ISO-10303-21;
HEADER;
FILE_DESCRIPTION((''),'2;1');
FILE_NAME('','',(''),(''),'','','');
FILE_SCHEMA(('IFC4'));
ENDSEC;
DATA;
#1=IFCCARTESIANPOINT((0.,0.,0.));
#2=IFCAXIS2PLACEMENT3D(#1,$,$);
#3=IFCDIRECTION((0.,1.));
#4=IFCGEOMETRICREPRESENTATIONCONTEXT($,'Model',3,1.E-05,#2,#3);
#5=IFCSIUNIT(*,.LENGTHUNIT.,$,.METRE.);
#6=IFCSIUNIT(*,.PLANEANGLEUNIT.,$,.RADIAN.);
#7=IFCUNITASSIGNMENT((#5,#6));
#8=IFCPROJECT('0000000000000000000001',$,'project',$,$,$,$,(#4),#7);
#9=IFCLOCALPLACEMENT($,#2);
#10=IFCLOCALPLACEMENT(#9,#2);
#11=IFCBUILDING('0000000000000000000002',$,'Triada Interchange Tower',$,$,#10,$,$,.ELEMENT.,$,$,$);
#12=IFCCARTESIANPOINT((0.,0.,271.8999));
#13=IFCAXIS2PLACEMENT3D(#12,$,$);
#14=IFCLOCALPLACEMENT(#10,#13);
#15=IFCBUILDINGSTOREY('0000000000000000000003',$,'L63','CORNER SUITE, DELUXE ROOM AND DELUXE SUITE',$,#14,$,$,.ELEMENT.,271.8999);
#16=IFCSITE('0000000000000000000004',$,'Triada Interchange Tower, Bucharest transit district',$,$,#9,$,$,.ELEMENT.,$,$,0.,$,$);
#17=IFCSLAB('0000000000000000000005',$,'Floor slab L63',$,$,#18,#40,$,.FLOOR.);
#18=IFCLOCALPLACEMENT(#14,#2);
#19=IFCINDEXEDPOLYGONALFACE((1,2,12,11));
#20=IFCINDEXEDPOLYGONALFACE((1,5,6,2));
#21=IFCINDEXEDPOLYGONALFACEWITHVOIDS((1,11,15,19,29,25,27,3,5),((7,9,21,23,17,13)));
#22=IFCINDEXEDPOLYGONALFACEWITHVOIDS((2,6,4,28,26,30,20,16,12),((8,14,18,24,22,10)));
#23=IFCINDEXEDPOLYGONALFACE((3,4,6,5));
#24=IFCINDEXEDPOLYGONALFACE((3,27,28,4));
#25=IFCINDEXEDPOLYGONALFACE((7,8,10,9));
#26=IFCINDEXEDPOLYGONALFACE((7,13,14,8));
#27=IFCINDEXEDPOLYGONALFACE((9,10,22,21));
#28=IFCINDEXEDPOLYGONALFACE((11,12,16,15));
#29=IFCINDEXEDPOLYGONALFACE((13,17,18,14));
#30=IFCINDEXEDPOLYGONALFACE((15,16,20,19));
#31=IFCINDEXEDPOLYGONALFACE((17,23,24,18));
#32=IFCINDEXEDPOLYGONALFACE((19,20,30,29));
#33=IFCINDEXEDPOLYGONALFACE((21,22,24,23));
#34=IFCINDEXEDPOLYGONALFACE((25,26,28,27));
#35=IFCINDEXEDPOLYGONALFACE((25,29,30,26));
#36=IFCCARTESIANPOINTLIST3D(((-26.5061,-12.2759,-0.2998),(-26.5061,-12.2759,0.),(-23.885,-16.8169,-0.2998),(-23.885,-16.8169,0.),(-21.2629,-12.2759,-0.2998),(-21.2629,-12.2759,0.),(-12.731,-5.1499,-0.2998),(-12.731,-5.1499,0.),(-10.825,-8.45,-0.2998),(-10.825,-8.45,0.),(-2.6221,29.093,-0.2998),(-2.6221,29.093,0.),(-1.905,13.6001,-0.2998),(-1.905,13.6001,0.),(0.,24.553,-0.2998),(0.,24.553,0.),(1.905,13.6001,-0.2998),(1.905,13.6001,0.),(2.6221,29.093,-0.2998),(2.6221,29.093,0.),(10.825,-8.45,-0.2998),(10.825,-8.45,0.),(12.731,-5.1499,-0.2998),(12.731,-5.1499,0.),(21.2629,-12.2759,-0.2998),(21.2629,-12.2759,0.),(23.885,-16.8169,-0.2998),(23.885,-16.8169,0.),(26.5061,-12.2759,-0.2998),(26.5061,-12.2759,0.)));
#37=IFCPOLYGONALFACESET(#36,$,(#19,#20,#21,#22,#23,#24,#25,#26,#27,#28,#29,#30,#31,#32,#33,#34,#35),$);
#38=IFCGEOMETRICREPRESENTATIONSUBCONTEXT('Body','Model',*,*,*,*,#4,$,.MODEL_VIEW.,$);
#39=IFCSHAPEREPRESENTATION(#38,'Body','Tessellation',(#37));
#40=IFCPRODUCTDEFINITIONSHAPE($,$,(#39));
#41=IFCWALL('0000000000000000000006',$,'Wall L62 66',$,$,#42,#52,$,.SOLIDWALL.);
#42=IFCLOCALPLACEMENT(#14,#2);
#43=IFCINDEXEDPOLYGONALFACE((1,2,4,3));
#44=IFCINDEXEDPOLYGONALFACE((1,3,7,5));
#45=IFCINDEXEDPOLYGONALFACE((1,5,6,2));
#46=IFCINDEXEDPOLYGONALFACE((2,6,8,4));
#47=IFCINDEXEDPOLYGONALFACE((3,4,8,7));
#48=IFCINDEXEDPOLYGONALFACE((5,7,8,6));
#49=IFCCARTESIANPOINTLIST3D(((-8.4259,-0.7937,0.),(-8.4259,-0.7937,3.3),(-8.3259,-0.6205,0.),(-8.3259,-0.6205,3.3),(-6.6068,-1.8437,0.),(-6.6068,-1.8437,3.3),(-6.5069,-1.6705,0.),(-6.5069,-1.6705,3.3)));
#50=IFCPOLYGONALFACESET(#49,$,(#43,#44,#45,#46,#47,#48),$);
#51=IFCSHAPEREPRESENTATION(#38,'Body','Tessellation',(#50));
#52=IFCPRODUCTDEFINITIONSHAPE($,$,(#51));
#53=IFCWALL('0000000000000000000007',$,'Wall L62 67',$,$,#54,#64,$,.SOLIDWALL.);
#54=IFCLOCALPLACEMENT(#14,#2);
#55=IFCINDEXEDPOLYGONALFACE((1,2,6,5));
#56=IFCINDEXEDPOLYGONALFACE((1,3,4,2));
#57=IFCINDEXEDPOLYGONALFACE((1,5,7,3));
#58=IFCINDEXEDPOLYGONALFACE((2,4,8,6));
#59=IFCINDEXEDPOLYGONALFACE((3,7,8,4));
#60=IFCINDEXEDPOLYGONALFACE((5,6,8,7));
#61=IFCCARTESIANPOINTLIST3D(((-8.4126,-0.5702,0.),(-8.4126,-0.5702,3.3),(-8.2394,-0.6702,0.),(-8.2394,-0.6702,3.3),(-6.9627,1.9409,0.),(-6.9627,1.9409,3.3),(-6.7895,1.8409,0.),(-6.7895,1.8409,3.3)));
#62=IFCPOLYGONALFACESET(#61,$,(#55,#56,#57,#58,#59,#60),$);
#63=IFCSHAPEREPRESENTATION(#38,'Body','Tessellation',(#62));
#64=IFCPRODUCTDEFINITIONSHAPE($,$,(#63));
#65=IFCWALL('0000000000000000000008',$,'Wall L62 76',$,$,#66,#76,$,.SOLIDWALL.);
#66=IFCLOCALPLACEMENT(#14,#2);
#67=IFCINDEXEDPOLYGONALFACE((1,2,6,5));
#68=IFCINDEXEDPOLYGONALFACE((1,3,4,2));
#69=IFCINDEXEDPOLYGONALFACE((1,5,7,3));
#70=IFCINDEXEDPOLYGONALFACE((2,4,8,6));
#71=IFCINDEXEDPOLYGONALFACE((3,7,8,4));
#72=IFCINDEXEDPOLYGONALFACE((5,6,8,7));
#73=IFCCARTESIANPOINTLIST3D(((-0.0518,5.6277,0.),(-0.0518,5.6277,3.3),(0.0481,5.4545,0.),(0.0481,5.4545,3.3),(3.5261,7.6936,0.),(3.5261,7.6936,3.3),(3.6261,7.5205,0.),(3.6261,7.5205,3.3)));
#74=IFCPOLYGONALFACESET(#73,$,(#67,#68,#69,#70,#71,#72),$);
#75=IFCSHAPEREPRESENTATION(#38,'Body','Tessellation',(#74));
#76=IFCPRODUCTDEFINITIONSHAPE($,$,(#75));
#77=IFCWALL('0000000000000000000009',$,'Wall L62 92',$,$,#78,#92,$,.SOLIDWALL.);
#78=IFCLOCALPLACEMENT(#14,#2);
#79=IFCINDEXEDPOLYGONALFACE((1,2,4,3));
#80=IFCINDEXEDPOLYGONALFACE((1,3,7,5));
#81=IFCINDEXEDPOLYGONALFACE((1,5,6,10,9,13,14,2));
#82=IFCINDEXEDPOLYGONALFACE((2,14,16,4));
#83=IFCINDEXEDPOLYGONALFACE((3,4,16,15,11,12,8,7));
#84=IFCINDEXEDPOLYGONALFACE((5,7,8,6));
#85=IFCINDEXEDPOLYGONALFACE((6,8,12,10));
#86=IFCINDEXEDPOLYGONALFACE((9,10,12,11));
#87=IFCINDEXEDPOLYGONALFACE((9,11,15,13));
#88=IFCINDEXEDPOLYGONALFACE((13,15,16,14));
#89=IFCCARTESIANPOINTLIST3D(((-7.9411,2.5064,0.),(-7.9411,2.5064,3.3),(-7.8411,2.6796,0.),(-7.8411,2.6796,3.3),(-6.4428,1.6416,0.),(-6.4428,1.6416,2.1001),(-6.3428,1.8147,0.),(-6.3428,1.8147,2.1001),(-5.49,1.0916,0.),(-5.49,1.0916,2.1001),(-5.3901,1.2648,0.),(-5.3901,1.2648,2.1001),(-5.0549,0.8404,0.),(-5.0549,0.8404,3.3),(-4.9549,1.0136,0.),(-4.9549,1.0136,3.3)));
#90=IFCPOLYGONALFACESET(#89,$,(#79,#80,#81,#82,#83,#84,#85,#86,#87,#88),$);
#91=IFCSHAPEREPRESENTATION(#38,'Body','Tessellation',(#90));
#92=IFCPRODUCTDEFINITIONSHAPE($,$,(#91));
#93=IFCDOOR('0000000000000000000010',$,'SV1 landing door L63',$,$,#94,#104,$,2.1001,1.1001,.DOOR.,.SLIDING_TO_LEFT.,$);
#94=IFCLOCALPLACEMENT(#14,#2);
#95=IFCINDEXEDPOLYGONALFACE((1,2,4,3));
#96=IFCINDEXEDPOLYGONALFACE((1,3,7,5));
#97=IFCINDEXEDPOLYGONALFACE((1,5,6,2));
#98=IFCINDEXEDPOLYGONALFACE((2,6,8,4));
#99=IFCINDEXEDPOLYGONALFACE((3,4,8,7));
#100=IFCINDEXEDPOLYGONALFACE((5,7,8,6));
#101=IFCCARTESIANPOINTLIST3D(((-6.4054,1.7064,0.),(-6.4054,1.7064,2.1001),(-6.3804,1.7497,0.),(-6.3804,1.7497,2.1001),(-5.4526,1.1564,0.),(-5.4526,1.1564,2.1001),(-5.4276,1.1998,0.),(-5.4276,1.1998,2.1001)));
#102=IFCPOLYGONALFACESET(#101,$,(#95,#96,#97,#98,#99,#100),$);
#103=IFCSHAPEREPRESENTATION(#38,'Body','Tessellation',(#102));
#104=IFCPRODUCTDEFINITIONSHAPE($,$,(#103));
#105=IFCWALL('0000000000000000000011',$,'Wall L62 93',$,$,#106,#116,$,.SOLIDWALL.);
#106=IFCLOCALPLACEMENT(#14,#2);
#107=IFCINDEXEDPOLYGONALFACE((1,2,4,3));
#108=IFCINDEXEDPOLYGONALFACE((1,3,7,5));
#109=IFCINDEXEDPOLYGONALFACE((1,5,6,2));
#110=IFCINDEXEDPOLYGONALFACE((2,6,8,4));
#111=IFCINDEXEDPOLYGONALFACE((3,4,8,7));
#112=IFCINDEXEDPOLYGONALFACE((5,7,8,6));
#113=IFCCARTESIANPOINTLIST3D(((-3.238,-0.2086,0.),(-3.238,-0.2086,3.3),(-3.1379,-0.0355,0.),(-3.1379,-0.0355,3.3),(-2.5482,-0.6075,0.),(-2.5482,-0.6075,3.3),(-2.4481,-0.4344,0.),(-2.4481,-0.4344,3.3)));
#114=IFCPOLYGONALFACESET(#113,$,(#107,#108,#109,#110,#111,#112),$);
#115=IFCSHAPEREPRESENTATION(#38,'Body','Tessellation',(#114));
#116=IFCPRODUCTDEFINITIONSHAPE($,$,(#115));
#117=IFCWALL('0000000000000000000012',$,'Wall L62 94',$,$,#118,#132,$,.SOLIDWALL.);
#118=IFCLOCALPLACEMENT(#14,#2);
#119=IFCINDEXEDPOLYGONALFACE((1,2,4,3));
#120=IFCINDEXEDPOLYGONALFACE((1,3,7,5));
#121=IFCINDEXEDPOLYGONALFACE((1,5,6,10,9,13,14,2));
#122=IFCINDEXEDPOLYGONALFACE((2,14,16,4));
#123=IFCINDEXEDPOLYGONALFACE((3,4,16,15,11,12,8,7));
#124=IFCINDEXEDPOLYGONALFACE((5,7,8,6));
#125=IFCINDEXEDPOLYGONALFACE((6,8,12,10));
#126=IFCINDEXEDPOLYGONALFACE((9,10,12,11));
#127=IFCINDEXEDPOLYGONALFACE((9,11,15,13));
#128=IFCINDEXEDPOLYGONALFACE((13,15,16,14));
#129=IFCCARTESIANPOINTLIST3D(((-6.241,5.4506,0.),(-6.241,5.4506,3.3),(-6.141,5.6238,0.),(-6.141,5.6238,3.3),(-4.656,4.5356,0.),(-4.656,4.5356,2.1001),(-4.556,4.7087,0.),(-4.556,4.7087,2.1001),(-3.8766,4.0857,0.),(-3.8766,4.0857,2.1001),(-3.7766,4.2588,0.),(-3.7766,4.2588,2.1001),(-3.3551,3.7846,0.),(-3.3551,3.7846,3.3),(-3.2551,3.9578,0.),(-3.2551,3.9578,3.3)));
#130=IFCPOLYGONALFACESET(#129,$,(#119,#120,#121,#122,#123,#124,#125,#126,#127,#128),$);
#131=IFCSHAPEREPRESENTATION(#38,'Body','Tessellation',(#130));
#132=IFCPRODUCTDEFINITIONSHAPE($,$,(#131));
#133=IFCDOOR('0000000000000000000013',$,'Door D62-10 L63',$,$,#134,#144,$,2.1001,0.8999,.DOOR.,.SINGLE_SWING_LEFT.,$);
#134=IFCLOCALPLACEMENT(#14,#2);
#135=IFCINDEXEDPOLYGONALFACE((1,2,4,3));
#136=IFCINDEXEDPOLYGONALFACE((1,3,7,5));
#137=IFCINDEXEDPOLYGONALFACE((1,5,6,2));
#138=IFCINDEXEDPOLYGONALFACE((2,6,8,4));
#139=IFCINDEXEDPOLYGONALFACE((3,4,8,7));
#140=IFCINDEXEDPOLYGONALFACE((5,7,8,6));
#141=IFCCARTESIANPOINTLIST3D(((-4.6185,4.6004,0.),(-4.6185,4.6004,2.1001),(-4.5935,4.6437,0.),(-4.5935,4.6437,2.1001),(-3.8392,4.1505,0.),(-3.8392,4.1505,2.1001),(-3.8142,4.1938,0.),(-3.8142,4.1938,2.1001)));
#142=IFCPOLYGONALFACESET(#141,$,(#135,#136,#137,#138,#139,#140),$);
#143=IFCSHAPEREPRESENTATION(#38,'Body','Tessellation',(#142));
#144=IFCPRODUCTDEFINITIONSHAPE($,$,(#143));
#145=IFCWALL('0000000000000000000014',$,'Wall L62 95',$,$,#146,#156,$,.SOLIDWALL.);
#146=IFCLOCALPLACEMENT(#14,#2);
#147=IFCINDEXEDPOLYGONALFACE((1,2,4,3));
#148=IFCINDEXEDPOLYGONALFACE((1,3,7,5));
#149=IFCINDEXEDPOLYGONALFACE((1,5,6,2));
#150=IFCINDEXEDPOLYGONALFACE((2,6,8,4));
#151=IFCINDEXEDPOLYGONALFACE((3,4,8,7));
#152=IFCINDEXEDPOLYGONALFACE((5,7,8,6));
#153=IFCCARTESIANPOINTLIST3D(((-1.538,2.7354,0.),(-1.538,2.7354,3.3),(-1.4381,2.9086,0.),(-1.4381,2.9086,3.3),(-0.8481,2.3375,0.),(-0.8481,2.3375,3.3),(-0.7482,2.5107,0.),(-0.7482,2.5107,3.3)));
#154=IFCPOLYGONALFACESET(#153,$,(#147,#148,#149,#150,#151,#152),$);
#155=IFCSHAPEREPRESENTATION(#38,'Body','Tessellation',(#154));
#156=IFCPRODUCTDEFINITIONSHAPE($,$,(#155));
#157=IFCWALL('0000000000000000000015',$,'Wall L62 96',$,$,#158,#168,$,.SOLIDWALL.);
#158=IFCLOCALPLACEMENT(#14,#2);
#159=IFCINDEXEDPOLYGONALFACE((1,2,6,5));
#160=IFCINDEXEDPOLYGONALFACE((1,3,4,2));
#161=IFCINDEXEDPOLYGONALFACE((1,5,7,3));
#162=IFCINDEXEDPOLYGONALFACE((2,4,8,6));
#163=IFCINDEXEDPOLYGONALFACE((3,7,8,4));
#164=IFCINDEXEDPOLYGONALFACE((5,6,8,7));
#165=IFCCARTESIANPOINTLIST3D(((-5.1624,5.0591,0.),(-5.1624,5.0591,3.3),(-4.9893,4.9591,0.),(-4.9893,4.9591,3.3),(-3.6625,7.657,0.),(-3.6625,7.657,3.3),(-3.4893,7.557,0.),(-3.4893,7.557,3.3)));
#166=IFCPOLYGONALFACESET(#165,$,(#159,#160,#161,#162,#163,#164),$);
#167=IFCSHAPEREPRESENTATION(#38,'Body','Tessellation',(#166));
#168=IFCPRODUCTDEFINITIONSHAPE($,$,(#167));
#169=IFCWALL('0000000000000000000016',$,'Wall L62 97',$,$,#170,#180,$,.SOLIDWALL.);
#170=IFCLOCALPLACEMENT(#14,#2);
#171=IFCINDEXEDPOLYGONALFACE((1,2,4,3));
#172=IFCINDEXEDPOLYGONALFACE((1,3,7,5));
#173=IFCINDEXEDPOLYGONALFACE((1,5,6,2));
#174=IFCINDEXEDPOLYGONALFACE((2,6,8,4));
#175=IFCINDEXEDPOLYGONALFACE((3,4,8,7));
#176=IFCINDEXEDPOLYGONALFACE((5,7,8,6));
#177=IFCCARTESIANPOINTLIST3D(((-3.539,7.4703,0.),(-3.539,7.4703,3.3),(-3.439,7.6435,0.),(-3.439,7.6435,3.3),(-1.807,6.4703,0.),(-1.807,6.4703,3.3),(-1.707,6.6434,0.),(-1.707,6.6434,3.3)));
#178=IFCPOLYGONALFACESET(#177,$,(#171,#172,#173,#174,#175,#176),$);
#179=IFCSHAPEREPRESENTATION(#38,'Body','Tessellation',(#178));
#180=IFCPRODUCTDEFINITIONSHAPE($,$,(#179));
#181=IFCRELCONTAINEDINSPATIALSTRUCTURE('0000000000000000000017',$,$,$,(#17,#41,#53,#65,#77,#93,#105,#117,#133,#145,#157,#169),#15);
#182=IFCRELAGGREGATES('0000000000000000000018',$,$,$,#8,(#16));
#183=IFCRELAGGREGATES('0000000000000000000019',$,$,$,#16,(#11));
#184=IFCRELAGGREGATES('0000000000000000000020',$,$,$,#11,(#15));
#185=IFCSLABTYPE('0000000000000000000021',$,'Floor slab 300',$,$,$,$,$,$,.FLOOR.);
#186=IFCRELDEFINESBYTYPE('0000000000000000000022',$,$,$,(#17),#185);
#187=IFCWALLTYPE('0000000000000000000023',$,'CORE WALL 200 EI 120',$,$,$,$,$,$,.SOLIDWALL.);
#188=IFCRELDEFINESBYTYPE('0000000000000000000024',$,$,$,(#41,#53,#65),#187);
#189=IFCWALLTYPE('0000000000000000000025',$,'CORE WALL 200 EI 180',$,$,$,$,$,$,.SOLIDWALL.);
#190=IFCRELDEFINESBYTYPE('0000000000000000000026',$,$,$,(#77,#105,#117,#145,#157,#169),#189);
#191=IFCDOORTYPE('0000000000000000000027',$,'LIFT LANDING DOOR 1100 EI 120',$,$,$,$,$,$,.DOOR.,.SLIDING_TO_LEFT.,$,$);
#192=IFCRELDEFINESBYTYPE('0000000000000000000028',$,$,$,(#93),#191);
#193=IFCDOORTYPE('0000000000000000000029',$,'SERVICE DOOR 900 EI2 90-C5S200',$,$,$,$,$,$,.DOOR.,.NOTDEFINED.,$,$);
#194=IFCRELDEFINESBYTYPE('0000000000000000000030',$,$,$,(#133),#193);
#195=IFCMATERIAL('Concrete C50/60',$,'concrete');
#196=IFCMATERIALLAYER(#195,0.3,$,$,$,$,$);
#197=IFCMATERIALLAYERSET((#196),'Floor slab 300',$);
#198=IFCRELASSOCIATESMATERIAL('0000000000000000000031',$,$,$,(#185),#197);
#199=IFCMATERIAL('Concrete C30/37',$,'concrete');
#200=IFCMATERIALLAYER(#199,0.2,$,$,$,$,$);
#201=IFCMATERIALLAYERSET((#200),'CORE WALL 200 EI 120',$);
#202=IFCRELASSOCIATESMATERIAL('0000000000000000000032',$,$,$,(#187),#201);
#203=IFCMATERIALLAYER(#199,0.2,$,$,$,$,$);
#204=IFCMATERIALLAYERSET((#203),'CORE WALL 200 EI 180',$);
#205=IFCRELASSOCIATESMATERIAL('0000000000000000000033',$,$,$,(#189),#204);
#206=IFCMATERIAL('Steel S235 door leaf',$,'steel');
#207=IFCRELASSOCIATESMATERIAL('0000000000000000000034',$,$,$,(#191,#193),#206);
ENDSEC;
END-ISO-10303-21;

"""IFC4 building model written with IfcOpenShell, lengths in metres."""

from ifc_helpers import new_model, si_unit, direction, frame, frame_2d, origin, place, context, subcontext, project, spatial, polyline, rectangle, outline, extrude, material, layer, layer_set, type_object, element, fill, save


model = new_model("IFC4")

# Units and contexts
model_context = context("Model", 3, precision=1e-05, world=origin(), true_north=direction((0.0, 1.0)))
body_context = subcontext(model_context, "Body", "Model", "MODEL_VIEW")
ifc_project = project(units=[si_unit("LENGTHUNIT", "METRE"), si_unit("PLANEANGLEUNIT", "RADIAN")], contexts=[model_context])

# Site, building, storey
site_placement = place(None, origin())
site = spatial("IfcSite", under=ifc_project, at=site_placement, Name="Triada Interchange Tower, Bucharest transit district", CompositionType="ELEMENT", RefElevation=0.0)
building_placement = place(site_placement, origin())
building = spatial("IfcBuilding", under=site, at=building_placement, Name="Triada Interchange Tower", CompositionType="ELEMENT")
storey_placement = place(building_placement, frame((0.0, 0.0, 271.8999)))
storey = spatial("IfcBuildingStorey", under=building, at=storey_placement, Name="L63", Description="CORNER SUITE, DELUXE ROOM AND DELUXE SUITE", CompositionType="ELEMENT", Elevation=271.8999)

# Slab
ifc_material_1 = material(Name="Concrete C50/60", Category="concrete")
ifc_layer_1 = layer(ifc_material_1, 0.3)
ifc_layer_set_1 = layer_set([ifc_layer_1], Name="Floor slab 300")
slab_type = type_object("IfcSlabType", Name="Floor slab 300", PredefinedType="FLOOR", material=ifc_layer_set_1)
slab_placement = place(storey_placement, frame((0.0, 0.0, -0.2998)))
element("IfcSlab", 1, at=slab_placement, inside=storey, type_object=slab_type, Name="Floor slab L63", PredefinedType="FLOOR", context=body_context, shape_type="SweptSolid", body=[
    extrude(outline(polyline([(-2.6221, 29.093), (-26.5061, -12.2759), (-21.2629, -12.2759), (-23.885, -16.8169), (23.885, -16.8169), (21.2629, -12.2759), (26.5061, -12.2759), (2.6221, 29.093), (0.0, 24.553), (-2.6221, 29.093)]), holes=[polyline([(1.905, 13.6001), (-1.905, 13.6001), (-12.731, -5.1499), (-10.825, -8.45), (10.825, -8.45), (12.731, -5.1499), (1.905, 13.6001)])]), origin(), (0.0, 0.0, 1.0), 0.2998),
])

# Walls
ifc_material_2 = material(Name="Concrete C30/37", Category="concrete")
ifc_layer_2 = layer(ifc_material_2, 0.2)
ifc_layer_set_2 = layer_set([ifc_layer_2], Name="CORE WALL 200 EI 120")
wall_type_1 = type_object("IfcWallType", Name="CORE WALL 200 EI 120", PredefinedType="SOLIDWALL", material=ifc_layer_set_2)
wall_1_placement = place(storey_placement, frame((-8.376, -0.707, 0.0), z_axis=(0.0, 0.0, 1.0), x_axis=(0.866068, -0.499927, 0.0)))
element("IfcWall", 2, at=wall_1_placement, inside=storey, type_object=wall_type_1, Name="Wall L62 66", PredefinedType="SOLIDWALL", context=body_context, shape_type="SweptSolid", body=[
    extrude(rectangle(XDim=2.1003, YDim=0.2, at=frame_2d((1.0503, 0.0))), origin(), (0.0, 0.0, 1.0), 3.3),
])
wall_2_placement = place(storey_placement, frame((-8.3259, -0.6201, 0.0), z_axis=(0.0, 0.0, 1.0), x_axis=(0.500024, 0.866012, 0.0)))
element("IfcWall", 3, at=wall_2_placement, inside=storey, type_object=wall_type_1, Name="Wall L62 67", PredefinedType="SOLIDWALL", context=body_context, shape_type="SweptSolid", body=[
    extrude(rectangle(XDim=2.8997, YDim=0.2, at=frame_2d((1.4497, 0.0))), origin(), (0.0, 0.0, 1.0), 3.3),
])
wall_3_placement = place(storey_placement, frame((-0.002, 5.541, 0.0), z_axis=(0.0, 0.0, 1.0), x_axis=(0.866002, 0.500041, 0.0)))
element("IfcWall", 4, at=wall_3_placement, inside=storey, type_object=wall_type_1, Name="Wall L62 76", PredefinedType="SOLIDWALL", context=body_context, shape_type="SweptSolid", body=[
    extrude(rectangle(XDim=4.1316, YDim=0.2, at=frame_2d((2.0659, 0.0))), origin(), (0.0, 0.0, 1.0), 3.3),
])

# Wall, opening, door
ifc_layer_3 = layer(ifc_material_2, 0.2)
ifc_layer_set_3 = layer_set([ifc_layer_3], Name="CORE WALL 200 EI 180")
wall_type_2 = type_object("IfcWallType", Name="CORE WALL 200 EI 180", PredefinedType="SOLIDWALL", material=ifc_layer_set_3)
wall_4_placement = place(storey_placement, frame((-7.8911, 2.593, 0.0), z_axis=(0.0, 0.0, 1.0), x_axis=(0.866071, -0.499921, 0.0)))
wall_4 = element("IfcWall", 5, at=wall_4_placement, inside=storey, type_object=wall_type_2, Name="Wall L62 92", PredefinedType="SOLIDWALL", context=body_context, shape_type="SweptSolid", body=[
    extrude(rectangle(XDim=3.3325, YDim=0.2, at=frame_2d((1.6663, 0.0))), origin(), (0.0, 0.0, 1.0), 3.3),
])
opening_1_placement = place(wall_4_placement, frame((1.73, 0.0, 0.0)))
opening_1 = element("IfcOpeningElement", 6, at=opening_1_placement, cuts=wall_4, PredefinedType="OPENING", context=body_context, shape_type="SweptSolid", body=[
    extrude(rectangle(XDim=1.1001, YDim=2.1001, at=frame_2d((0.55, 1.05))), frame((0.0, 0.1099, 0.0), z_axis=(0.0, -1.0, 0.0), x_axis=(1.0, 0.0, 0.0)), (0.0, 0.0, 1.0), 0.22),
])
ifc_material_3 = material(Name="Steel S235 door leaf", Category="steel")
door_type_1 = type_object("IfcDoorType", Name="LIFT LANDING DOOR 1100 EI 120", OperationType="SLIDING_TO_LEFT", PredefinedType="DOOR", material=ifc_material_3)
door_1_placement = place(opening_1_placement, origin())
door_1 = element("IfcDoor", 7, at=door_1_placement, inside=storey, type_object=door_type_1, Name="SV1 landing door L63", OperationType="SLIDING_TO_LEFT", OverallHeight=2.1001, OverallWidth=1.1001, PredefinedType="DOOR", context=body_context, shape_type="SweptSolid", body=[
    extrude(rectangle(XDim=1.1001, YDim=2.1001, at=frame_2d((0.55, 1.05))), frame((0.0, 0.0249, 0.0), z_axis=(0.0, -1.0, 0.0), x_axis=(1.0, 0.0, 0.0)), (0.0, 0.0, 1.0), 0.05),
])
fill(opening_1, door_1)

# Wall
wall_5_placement = place(storey_placement, frame((-3.188, -0.1221, 0.0), z_axis=(0.0, 0.0, 1.0), x_axis=(0.865706, -0.500553, 0.0)))
element("IfcWall", 8, at=wall_5_placement, inside=storey, type_object=wall_type_2, Name="Wall L62 93", PredefinedType="SOLIDWALL", context=body_context, shape_type="SweptSolid", body=[
    extrude(rectangle(XDim=0.7969, YDim=0.2, at=frame_2d((0.3984, 0.0))), origin(), (0.0, 0.0, 1.0), 3.3),
])

# Wall, opening, door
wall_6_placement = place(storey_placement, frame((-6.1909, 5.5371, 0.0), z_axis=(0.0, 0.0, 1.0), x_axis=(0.866053, -0.499953, 0.0)))
wall_6 = element("IfcWall", 9, at=wall_6_placement, inside=storey, type_object=wall_type_2, Name="Wall L62 94", PredefinedType="SOLIDWALL", context=body_context, shape_type="SweptSolid", body=[
    extrude(rectangle(XDim=3.3323, YDim=0.2, at=frame_2d((1.666, 0.0))), origin(), (0.0, 0.0, 1.0), 3.3),
])
opening_2_placement = place(wall_6_placement, frame((1.8301, 0.0, 0.0)))
opening_2 = element("IfcOpeningElement", 10, at=opening_2_placement, cuts=wall_6, PredefinedType="OPENING", context=body_context, shape_type="SweptSolid", body=[
    extrude(rectangle(XDim=0.8999, YDim=2.1001, at=frame_2d((0.45, 1.05))), frame((0.0, 0.1099, 0.0), z_axis=(0.0, -1.0, 0.0), x_axis=(1.0, 0.0, 0.0)), (0.0, 0.0, 1.0), 0.22),
])
door_type_2 = type_object("IfcDoorType", Name="SERVICE DOOR 900 EI2 90-C5S200", OperationType="NOTDEFINED", PredefinedType="DOOR", material=ifc_material_3)
door_2_placement = place(opening_2_placement, origin())
door_2 = element("IfcDoor", 11, at=door_2_placement, inside=storey, type_object=door_type_2, Name="Door D62-10 L63", OperationType="SINGLE_SWING_LEFT", OverallHeight=2.1001, OverallWidth=0.8999, PredefinedType="DOOR", context=body_context, shape_type="SweptSolid", body=[
    extrude(rectangle(XDim=0.8999, YDim=2.1001, at=frame_2d((0.45, 1.05))), frame((0.0, 0.0249, 0.0), z_axis=(0.0, -1.0, 0.0), x_axis=(1.0, 0.0, 0.0)), (0.0, 0.0, 1.0), 0.05),
])
fill(opening_2, door_2)

# Walls
wall_7_placement = place(storey_placement, frame((-1.488, 2.822, 0.0), z_axis=(0.0, 0.0, 1.0), x_axis=(0.866237, -0.499634, 0.0)))
element("IfcWall", 12, at=wall_7_placement, inside=storey, type_object=wall_type_2, Name="Wall L62 95", PredefinedType="SOLIDWALL", context=body_context, shape_type="SweptSolid", body=[
    extrude(rectangle(XDim=0.7964, YDim=0.2, at=frame_2d((0.3982, 0.0))), origin(), (0.0, 0.0, 1.0), 3.3),
])
wall_8_placement = place(storey_placement, frame((-5.0759, 5.009, 0.0), z_axis=(0.0, 0.0, 1.0), x_axis=(0.500025, 0.866011, 0.0)))
element("IfcWall", 13, at=wall_8_placement, inside=storey, type_object=wall_type_2, Name="Wall L62 96", PredefinedType="SOLIDWALL", context=body_context, shape_type="SweptSolid", body=[
    extrude(rectangle(XDim=2.9998, YDim=0.2, at=frame_2d((1.5, 0.0))), origin(), (0.0, 0.0, 1.0), 3.3),
])
wall_9_placement = place(storey_placement, frame((-3.489, 7.5569, 0.0), z_axis=(0.0, 0.0, 1.0), x_axis=(0.866011, -0.500025, 0.0)))
element("IfcWall", 14, at=wall_9_placement, inside=storey, type_object=wall_type_2, Name="Wall L62 97", PredefinedType="SOLIDWALL", context=body_context, shape_type="SweptSolid", body=[
    extrude(rectangle(XDim=2.0, YDim=0.2, at=frame_2d((1.0, 0.0))), origin(), (0.0, 0.0, 1.0), 3.3),
])

save(model, "model.ifc")
